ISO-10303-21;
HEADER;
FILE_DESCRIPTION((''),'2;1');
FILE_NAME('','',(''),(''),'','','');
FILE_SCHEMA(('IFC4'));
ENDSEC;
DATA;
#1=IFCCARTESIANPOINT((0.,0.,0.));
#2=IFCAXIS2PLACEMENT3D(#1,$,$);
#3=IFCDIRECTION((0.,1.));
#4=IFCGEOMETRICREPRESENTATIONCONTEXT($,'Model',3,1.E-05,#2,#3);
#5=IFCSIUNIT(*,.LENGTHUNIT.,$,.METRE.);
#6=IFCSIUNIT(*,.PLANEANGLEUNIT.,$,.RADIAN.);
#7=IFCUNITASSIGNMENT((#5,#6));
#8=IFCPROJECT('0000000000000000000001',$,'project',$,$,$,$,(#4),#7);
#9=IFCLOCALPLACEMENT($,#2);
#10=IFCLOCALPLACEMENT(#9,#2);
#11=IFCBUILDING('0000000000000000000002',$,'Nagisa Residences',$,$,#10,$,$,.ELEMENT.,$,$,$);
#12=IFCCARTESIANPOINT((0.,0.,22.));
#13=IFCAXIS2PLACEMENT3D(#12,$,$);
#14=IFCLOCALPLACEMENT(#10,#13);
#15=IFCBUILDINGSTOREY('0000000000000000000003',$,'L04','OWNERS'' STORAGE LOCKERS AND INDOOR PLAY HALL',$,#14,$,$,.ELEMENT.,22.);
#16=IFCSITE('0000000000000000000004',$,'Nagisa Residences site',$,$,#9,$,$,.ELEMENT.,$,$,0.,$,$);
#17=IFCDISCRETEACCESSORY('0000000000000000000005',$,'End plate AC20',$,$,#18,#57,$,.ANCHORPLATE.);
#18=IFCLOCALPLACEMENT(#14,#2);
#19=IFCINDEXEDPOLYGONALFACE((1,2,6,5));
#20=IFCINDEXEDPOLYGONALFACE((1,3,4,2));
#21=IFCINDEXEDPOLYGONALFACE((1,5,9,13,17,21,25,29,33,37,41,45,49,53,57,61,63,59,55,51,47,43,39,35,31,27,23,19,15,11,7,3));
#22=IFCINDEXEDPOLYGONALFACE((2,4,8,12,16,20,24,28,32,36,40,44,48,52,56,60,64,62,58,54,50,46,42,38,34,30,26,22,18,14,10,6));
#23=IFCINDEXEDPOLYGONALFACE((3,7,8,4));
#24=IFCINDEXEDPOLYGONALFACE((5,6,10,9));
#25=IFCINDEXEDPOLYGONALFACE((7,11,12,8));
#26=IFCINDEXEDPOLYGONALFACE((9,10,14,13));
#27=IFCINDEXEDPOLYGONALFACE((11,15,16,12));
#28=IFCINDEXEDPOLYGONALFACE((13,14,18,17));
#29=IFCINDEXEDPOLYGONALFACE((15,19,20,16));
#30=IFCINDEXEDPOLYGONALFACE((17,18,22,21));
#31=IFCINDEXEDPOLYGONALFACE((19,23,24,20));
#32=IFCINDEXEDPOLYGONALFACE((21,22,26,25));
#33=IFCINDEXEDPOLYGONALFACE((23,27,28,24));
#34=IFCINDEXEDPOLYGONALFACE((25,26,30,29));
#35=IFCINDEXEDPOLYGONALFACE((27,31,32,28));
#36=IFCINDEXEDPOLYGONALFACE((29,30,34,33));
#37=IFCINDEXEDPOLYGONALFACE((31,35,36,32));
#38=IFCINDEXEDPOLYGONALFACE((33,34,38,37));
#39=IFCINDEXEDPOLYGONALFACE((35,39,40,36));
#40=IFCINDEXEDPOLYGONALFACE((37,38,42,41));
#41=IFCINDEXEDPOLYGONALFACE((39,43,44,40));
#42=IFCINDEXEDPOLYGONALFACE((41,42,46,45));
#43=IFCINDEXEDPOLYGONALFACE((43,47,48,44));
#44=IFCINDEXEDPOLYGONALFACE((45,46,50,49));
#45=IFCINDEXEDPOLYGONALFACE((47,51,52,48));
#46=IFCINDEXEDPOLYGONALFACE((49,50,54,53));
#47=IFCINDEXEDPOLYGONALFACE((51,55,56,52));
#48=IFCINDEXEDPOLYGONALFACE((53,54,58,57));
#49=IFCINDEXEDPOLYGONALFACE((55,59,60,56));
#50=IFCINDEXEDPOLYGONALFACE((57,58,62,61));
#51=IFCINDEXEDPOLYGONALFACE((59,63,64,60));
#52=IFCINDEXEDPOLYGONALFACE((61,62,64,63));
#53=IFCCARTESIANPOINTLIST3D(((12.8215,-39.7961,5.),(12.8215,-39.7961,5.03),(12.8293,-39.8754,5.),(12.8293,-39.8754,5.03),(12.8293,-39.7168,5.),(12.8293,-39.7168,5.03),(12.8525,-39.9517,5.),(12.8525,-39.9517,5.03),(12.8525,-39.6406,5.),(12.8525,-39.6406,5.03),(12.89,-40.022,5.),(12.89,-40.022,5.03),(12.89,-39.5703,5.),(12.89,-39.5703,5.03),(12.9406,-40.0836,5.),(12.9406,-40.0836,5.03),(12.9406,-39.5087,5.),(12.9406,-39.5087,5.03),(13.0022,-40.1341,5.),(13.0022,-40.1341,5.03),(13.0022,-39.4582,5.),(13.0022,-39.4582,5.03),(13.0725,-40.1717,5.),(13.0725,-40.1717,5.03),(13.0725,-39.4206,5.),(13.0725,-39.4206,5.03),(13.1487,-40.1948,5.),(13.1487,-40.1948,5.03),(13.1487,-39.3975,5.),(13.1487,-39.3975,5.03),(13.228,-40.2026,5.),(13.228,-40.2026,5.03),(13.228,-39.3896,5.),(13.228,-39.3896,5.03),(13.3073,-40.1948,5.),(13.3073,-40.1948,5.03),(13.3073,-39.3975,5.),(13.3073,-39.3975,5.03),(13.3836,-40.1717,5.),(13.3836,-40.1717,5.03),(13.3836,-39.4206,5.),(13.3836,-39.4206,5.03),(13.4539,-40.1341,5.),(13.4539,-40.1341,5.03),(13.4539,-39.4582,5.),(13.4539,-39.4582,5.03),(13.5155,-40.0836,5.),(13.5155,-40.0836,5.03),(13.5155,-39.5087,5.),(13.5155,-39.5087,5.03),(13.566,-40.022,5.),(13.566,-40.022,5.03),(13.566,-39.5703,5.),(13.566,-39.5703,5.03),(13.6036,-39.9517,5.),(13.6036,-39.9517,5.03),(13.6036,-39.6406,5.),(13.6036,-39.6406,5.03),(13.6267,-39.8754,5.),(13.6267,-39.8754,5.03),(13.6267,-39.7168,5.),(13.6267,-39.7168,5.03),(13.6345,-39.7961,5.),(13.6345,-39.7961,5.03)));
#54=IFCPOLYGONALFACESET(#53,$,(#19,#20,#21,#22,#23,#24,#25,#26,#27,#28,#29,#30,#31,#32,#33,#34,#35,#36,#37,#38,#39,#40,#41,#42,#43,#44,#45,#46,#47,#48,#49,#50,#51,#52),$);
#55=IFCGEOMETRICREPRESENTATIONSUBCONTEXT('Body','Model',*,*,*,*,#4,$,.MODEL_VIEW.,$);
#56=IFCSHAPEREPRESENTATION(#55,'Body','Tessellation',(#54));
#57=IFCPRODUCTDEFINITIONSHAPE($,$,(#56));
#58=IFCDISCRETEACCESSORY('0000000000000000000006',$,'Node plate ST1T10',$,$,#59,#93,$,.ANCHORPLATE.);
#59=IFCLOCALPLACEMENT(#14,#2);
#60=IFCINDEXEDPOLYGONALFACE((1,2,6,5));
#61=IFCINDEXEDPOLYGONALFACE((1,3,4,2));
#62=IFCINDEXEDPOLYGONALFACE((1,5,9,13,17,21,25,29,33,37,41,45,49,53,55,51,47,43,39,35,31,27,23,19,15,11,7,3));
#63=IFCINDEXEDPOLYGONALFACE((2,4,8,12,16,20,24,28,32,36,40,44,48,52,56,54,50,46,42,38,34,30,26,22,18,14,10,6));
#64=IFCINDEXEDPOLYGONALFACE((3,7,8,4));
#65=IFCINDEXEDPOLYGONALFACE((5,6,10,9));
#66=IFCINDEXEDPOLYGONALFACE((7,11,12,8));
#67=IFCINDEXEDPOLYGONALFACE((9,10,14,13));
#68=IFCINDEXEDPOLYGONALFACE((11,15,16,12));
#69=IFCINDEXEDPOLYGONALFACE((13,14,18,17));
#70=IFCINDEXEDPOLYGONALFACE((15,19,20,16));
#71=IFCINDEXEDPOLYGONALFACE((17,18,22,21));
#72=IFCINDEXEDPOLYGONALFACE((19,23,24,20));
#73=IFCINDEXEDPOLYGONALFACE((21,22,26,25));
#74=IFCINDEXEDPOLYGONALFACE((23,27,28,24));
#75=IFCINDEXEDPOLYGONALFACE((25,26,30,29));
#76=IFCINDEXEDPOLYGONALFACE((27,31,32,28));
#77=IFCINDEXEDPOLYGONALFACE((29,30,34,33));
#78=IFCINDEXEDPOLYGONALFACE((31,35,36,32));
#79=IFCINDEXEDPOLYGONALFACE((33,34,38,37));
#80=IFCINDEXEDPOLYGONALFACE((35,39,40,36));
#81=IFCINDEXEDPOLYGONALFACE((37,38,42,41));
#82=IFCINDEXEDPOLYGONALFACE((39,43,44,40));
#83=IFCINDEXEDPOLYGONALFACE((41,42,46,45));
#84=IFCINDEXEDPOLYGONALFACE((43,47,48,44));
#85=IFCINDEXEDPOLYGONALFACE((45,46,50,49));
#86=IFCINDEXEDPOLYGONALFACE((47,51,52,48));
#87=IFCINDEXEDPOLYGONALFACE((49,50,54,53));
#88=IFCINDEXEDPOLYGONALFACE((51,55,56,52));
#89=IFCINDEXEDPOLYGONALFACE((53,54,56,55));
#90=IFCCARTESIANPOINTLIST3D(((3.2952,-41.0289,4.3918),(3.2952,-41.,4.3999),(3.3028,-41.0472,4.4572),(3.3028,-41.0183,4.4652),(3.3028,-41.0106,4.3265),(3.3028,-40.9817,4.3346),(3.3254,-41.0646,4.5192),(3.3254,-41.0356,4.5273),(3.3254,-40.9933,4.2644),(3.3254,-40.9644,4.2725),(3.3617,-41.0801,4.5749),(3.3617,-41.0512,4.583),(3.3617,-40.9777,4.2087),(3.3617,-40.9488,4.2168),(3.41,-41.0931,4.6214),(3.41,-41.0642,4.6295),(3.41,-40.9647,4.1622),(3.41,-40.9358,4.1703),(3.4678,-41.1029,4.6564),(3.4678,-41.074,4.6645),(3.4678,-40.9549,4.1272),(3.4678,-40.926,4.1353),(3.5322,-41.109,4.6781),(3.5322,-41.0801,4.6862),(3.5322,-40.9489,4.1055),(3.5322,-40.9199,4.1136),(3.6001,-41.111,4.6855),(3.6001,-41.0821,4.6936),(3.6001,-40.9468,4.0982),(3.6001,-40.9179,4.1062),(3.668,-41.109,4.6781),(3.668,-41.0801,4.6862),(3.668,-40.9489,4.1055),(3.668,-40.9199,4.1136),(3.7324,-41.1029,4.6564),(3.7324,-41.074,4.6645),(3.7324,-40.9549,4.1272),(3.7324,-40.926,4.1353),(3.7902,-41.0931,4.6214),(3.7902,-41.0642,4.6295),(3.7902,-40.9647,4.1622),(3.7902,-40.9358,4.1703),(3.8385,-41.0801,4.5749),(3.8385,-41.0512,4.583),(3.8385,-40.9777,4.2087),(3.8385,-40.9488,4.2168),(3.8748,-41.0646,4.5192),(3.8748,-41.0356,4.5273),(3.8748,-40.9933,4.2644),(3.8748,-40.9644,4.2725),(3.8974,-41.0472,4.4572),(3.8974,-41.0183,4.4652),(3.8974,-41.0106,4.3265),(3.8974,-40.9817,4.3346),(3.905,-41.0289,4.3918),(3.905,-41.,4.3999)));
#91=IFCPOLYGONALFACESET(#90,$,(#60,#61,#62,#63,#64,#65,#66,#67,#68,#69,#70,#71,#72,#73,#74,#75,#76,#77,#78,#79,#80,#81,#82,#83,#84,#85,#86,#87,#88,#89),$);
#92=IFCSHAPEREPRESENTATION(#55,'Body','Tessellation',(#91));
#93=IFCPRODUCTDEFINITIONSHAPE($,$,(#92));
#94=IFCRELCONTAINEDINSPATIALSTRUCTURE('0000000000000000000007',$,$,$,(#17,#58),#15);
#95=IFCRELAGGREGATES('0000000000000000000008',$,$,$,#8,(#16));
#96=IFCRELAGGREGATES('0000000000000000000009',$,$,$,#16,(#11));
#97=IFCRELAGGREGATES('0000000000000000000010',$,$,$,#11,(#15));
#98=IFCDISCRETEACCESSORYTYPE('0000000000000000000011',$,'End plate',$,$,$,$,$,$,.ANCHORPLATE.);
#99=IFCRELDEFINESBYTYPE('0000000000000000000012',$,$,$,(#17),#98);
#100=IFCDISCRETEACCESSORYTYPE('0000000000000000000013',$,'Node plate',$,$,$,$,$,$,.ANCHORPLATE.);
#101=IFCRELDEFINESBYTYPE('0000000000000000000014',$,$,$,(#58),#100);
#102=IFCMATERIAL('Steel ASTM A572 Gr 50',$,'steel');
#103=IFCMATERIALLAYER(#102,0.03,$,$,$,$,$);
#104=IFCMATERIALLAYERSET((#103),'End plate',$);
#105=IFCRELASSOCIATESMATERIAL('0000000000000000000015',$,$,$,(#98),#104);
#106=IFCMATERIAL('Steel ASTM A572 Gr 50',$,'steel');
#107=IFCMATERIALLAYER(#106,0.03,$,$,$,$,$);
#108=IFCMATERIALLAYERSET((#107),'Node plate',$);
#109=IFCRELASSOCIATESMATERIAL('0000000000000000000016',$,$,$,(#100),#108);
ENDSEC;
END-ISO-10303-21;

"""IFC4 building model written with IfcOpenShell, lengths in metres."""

from ifc_helpers import new_model, si_unit, direction, frame, origin, origin_2d, place, context, subcontext, project, spatial, circle, extrude, material, layer, layer_set, type_object, element, save


model = new_model("IFC4")

# Units and contexts
model_context = context("Model", 3, precision=1e-05, world=origin(), true_north=direction((0.0, 1.0)))
body_context = subcontext(model_context, "Body", "Model", "MODEL_VIEW")
ifc_project = project(units=[si_unit("LENGTHUNIT", "METRE"), si_unit("PLANEANGLEUNIT", "RADIAN")], contexts=[model_context])

# Site, building, storey
site_placement = place(None, origin())
site = spatial("IfcSite", under=ifc_project, at=site_placement, Name="Nagisa Residences site", CompositionType="ELEMENT", RefElevation=0.0)
building_placement = place(site_placement, origin())
building = spatial("IfcBuilding", under=site, at=building_placement, Name="Nagisa Residences", CompositionType="ELEMENT")
storey_placement = place(building_placement, frame((0.0, 0.0, 22.0)))
storey = spatial("IfcBuildingStorey", under=building, at=storey_placement, Name="L04", Description="OWNERS' STORAGE LOCKERS AND INDOOR PLAY HALL", CompositionType="ELEMENT", Elevation=22.0)

# Discrete accessories
ifc_material_1 = material(Name="Steel ASTM A572 Gr 50", Category="steel")
ifc_layer_1 = layer(ifc_material_1, 0.03)
ifc_layer_set_1 = layer_set([ifc_layer_1], Name="End plate")
discrete_accessory_type_1 = type_object("IfcDiscreteAccessoryType", Name="End plate", PredefinedType="ANCHORPLATE", material=ifc_layer_set_1)
for number, where, z_axis, x_axis, name in (
    (1, (13.228, -39.7961, 5.0), (0.0, 0.0, 1.0), (1.0, 0.0, 0.0), "End plate AC20"),
):
    element("IfcDiscreteAccessory", number, at=place(storey_placement, frame(where, z_axis=z_axis, x_axis=x_axis)), inside=storey, type_object=discrete_accessory_type_1, Name=name, PredefinedType="ANCHORPLATE", context=body_context, shape_type="SweptSolid", body=[
        extrude(circle(Radius=0.4065, at=origin_2d()), origin(), (0.0, 0.0, 1.0), 0.03),
    ])
ifc_material_2 = material(Name="Steel ASTM A572 Gr 50", Category="steel")
ifc_layer_2 = layer(ifc_material_2, 0.03)
ifc_layer_set_2 = layer_set([ifc_layer_2], Name="Node plate")
discrete_accessory_type_2 = type_object("IfcDiscreteAccessoryType", Name="Node plate", PredefinedType="ANCHORPLATE", material=ifc_layer_set_2)
discrete_accessory_placement = place(storey_placement, frame((3.6001, -41.0, 4.3999), z_axis=(0.0, -0.963049, -0.269327), x_axis=(1.0, 0.0, 0.0)))
element("IfcDiscreteAccessory", 2, at=discrete_accessory_placement, inside=storey, type_object=discrete_accessory_type_2, Name="Node plate ST1T10", PredefinedType="ANCHORPLATE", context=body_context, shape_type="SweptSolid", body=[
    extrude(circle(Radius=0.3049, at=origin_2d()), origin(), (0.0, 0.0, 1.0), 0.03),
])

save(model, "model.ifc")
